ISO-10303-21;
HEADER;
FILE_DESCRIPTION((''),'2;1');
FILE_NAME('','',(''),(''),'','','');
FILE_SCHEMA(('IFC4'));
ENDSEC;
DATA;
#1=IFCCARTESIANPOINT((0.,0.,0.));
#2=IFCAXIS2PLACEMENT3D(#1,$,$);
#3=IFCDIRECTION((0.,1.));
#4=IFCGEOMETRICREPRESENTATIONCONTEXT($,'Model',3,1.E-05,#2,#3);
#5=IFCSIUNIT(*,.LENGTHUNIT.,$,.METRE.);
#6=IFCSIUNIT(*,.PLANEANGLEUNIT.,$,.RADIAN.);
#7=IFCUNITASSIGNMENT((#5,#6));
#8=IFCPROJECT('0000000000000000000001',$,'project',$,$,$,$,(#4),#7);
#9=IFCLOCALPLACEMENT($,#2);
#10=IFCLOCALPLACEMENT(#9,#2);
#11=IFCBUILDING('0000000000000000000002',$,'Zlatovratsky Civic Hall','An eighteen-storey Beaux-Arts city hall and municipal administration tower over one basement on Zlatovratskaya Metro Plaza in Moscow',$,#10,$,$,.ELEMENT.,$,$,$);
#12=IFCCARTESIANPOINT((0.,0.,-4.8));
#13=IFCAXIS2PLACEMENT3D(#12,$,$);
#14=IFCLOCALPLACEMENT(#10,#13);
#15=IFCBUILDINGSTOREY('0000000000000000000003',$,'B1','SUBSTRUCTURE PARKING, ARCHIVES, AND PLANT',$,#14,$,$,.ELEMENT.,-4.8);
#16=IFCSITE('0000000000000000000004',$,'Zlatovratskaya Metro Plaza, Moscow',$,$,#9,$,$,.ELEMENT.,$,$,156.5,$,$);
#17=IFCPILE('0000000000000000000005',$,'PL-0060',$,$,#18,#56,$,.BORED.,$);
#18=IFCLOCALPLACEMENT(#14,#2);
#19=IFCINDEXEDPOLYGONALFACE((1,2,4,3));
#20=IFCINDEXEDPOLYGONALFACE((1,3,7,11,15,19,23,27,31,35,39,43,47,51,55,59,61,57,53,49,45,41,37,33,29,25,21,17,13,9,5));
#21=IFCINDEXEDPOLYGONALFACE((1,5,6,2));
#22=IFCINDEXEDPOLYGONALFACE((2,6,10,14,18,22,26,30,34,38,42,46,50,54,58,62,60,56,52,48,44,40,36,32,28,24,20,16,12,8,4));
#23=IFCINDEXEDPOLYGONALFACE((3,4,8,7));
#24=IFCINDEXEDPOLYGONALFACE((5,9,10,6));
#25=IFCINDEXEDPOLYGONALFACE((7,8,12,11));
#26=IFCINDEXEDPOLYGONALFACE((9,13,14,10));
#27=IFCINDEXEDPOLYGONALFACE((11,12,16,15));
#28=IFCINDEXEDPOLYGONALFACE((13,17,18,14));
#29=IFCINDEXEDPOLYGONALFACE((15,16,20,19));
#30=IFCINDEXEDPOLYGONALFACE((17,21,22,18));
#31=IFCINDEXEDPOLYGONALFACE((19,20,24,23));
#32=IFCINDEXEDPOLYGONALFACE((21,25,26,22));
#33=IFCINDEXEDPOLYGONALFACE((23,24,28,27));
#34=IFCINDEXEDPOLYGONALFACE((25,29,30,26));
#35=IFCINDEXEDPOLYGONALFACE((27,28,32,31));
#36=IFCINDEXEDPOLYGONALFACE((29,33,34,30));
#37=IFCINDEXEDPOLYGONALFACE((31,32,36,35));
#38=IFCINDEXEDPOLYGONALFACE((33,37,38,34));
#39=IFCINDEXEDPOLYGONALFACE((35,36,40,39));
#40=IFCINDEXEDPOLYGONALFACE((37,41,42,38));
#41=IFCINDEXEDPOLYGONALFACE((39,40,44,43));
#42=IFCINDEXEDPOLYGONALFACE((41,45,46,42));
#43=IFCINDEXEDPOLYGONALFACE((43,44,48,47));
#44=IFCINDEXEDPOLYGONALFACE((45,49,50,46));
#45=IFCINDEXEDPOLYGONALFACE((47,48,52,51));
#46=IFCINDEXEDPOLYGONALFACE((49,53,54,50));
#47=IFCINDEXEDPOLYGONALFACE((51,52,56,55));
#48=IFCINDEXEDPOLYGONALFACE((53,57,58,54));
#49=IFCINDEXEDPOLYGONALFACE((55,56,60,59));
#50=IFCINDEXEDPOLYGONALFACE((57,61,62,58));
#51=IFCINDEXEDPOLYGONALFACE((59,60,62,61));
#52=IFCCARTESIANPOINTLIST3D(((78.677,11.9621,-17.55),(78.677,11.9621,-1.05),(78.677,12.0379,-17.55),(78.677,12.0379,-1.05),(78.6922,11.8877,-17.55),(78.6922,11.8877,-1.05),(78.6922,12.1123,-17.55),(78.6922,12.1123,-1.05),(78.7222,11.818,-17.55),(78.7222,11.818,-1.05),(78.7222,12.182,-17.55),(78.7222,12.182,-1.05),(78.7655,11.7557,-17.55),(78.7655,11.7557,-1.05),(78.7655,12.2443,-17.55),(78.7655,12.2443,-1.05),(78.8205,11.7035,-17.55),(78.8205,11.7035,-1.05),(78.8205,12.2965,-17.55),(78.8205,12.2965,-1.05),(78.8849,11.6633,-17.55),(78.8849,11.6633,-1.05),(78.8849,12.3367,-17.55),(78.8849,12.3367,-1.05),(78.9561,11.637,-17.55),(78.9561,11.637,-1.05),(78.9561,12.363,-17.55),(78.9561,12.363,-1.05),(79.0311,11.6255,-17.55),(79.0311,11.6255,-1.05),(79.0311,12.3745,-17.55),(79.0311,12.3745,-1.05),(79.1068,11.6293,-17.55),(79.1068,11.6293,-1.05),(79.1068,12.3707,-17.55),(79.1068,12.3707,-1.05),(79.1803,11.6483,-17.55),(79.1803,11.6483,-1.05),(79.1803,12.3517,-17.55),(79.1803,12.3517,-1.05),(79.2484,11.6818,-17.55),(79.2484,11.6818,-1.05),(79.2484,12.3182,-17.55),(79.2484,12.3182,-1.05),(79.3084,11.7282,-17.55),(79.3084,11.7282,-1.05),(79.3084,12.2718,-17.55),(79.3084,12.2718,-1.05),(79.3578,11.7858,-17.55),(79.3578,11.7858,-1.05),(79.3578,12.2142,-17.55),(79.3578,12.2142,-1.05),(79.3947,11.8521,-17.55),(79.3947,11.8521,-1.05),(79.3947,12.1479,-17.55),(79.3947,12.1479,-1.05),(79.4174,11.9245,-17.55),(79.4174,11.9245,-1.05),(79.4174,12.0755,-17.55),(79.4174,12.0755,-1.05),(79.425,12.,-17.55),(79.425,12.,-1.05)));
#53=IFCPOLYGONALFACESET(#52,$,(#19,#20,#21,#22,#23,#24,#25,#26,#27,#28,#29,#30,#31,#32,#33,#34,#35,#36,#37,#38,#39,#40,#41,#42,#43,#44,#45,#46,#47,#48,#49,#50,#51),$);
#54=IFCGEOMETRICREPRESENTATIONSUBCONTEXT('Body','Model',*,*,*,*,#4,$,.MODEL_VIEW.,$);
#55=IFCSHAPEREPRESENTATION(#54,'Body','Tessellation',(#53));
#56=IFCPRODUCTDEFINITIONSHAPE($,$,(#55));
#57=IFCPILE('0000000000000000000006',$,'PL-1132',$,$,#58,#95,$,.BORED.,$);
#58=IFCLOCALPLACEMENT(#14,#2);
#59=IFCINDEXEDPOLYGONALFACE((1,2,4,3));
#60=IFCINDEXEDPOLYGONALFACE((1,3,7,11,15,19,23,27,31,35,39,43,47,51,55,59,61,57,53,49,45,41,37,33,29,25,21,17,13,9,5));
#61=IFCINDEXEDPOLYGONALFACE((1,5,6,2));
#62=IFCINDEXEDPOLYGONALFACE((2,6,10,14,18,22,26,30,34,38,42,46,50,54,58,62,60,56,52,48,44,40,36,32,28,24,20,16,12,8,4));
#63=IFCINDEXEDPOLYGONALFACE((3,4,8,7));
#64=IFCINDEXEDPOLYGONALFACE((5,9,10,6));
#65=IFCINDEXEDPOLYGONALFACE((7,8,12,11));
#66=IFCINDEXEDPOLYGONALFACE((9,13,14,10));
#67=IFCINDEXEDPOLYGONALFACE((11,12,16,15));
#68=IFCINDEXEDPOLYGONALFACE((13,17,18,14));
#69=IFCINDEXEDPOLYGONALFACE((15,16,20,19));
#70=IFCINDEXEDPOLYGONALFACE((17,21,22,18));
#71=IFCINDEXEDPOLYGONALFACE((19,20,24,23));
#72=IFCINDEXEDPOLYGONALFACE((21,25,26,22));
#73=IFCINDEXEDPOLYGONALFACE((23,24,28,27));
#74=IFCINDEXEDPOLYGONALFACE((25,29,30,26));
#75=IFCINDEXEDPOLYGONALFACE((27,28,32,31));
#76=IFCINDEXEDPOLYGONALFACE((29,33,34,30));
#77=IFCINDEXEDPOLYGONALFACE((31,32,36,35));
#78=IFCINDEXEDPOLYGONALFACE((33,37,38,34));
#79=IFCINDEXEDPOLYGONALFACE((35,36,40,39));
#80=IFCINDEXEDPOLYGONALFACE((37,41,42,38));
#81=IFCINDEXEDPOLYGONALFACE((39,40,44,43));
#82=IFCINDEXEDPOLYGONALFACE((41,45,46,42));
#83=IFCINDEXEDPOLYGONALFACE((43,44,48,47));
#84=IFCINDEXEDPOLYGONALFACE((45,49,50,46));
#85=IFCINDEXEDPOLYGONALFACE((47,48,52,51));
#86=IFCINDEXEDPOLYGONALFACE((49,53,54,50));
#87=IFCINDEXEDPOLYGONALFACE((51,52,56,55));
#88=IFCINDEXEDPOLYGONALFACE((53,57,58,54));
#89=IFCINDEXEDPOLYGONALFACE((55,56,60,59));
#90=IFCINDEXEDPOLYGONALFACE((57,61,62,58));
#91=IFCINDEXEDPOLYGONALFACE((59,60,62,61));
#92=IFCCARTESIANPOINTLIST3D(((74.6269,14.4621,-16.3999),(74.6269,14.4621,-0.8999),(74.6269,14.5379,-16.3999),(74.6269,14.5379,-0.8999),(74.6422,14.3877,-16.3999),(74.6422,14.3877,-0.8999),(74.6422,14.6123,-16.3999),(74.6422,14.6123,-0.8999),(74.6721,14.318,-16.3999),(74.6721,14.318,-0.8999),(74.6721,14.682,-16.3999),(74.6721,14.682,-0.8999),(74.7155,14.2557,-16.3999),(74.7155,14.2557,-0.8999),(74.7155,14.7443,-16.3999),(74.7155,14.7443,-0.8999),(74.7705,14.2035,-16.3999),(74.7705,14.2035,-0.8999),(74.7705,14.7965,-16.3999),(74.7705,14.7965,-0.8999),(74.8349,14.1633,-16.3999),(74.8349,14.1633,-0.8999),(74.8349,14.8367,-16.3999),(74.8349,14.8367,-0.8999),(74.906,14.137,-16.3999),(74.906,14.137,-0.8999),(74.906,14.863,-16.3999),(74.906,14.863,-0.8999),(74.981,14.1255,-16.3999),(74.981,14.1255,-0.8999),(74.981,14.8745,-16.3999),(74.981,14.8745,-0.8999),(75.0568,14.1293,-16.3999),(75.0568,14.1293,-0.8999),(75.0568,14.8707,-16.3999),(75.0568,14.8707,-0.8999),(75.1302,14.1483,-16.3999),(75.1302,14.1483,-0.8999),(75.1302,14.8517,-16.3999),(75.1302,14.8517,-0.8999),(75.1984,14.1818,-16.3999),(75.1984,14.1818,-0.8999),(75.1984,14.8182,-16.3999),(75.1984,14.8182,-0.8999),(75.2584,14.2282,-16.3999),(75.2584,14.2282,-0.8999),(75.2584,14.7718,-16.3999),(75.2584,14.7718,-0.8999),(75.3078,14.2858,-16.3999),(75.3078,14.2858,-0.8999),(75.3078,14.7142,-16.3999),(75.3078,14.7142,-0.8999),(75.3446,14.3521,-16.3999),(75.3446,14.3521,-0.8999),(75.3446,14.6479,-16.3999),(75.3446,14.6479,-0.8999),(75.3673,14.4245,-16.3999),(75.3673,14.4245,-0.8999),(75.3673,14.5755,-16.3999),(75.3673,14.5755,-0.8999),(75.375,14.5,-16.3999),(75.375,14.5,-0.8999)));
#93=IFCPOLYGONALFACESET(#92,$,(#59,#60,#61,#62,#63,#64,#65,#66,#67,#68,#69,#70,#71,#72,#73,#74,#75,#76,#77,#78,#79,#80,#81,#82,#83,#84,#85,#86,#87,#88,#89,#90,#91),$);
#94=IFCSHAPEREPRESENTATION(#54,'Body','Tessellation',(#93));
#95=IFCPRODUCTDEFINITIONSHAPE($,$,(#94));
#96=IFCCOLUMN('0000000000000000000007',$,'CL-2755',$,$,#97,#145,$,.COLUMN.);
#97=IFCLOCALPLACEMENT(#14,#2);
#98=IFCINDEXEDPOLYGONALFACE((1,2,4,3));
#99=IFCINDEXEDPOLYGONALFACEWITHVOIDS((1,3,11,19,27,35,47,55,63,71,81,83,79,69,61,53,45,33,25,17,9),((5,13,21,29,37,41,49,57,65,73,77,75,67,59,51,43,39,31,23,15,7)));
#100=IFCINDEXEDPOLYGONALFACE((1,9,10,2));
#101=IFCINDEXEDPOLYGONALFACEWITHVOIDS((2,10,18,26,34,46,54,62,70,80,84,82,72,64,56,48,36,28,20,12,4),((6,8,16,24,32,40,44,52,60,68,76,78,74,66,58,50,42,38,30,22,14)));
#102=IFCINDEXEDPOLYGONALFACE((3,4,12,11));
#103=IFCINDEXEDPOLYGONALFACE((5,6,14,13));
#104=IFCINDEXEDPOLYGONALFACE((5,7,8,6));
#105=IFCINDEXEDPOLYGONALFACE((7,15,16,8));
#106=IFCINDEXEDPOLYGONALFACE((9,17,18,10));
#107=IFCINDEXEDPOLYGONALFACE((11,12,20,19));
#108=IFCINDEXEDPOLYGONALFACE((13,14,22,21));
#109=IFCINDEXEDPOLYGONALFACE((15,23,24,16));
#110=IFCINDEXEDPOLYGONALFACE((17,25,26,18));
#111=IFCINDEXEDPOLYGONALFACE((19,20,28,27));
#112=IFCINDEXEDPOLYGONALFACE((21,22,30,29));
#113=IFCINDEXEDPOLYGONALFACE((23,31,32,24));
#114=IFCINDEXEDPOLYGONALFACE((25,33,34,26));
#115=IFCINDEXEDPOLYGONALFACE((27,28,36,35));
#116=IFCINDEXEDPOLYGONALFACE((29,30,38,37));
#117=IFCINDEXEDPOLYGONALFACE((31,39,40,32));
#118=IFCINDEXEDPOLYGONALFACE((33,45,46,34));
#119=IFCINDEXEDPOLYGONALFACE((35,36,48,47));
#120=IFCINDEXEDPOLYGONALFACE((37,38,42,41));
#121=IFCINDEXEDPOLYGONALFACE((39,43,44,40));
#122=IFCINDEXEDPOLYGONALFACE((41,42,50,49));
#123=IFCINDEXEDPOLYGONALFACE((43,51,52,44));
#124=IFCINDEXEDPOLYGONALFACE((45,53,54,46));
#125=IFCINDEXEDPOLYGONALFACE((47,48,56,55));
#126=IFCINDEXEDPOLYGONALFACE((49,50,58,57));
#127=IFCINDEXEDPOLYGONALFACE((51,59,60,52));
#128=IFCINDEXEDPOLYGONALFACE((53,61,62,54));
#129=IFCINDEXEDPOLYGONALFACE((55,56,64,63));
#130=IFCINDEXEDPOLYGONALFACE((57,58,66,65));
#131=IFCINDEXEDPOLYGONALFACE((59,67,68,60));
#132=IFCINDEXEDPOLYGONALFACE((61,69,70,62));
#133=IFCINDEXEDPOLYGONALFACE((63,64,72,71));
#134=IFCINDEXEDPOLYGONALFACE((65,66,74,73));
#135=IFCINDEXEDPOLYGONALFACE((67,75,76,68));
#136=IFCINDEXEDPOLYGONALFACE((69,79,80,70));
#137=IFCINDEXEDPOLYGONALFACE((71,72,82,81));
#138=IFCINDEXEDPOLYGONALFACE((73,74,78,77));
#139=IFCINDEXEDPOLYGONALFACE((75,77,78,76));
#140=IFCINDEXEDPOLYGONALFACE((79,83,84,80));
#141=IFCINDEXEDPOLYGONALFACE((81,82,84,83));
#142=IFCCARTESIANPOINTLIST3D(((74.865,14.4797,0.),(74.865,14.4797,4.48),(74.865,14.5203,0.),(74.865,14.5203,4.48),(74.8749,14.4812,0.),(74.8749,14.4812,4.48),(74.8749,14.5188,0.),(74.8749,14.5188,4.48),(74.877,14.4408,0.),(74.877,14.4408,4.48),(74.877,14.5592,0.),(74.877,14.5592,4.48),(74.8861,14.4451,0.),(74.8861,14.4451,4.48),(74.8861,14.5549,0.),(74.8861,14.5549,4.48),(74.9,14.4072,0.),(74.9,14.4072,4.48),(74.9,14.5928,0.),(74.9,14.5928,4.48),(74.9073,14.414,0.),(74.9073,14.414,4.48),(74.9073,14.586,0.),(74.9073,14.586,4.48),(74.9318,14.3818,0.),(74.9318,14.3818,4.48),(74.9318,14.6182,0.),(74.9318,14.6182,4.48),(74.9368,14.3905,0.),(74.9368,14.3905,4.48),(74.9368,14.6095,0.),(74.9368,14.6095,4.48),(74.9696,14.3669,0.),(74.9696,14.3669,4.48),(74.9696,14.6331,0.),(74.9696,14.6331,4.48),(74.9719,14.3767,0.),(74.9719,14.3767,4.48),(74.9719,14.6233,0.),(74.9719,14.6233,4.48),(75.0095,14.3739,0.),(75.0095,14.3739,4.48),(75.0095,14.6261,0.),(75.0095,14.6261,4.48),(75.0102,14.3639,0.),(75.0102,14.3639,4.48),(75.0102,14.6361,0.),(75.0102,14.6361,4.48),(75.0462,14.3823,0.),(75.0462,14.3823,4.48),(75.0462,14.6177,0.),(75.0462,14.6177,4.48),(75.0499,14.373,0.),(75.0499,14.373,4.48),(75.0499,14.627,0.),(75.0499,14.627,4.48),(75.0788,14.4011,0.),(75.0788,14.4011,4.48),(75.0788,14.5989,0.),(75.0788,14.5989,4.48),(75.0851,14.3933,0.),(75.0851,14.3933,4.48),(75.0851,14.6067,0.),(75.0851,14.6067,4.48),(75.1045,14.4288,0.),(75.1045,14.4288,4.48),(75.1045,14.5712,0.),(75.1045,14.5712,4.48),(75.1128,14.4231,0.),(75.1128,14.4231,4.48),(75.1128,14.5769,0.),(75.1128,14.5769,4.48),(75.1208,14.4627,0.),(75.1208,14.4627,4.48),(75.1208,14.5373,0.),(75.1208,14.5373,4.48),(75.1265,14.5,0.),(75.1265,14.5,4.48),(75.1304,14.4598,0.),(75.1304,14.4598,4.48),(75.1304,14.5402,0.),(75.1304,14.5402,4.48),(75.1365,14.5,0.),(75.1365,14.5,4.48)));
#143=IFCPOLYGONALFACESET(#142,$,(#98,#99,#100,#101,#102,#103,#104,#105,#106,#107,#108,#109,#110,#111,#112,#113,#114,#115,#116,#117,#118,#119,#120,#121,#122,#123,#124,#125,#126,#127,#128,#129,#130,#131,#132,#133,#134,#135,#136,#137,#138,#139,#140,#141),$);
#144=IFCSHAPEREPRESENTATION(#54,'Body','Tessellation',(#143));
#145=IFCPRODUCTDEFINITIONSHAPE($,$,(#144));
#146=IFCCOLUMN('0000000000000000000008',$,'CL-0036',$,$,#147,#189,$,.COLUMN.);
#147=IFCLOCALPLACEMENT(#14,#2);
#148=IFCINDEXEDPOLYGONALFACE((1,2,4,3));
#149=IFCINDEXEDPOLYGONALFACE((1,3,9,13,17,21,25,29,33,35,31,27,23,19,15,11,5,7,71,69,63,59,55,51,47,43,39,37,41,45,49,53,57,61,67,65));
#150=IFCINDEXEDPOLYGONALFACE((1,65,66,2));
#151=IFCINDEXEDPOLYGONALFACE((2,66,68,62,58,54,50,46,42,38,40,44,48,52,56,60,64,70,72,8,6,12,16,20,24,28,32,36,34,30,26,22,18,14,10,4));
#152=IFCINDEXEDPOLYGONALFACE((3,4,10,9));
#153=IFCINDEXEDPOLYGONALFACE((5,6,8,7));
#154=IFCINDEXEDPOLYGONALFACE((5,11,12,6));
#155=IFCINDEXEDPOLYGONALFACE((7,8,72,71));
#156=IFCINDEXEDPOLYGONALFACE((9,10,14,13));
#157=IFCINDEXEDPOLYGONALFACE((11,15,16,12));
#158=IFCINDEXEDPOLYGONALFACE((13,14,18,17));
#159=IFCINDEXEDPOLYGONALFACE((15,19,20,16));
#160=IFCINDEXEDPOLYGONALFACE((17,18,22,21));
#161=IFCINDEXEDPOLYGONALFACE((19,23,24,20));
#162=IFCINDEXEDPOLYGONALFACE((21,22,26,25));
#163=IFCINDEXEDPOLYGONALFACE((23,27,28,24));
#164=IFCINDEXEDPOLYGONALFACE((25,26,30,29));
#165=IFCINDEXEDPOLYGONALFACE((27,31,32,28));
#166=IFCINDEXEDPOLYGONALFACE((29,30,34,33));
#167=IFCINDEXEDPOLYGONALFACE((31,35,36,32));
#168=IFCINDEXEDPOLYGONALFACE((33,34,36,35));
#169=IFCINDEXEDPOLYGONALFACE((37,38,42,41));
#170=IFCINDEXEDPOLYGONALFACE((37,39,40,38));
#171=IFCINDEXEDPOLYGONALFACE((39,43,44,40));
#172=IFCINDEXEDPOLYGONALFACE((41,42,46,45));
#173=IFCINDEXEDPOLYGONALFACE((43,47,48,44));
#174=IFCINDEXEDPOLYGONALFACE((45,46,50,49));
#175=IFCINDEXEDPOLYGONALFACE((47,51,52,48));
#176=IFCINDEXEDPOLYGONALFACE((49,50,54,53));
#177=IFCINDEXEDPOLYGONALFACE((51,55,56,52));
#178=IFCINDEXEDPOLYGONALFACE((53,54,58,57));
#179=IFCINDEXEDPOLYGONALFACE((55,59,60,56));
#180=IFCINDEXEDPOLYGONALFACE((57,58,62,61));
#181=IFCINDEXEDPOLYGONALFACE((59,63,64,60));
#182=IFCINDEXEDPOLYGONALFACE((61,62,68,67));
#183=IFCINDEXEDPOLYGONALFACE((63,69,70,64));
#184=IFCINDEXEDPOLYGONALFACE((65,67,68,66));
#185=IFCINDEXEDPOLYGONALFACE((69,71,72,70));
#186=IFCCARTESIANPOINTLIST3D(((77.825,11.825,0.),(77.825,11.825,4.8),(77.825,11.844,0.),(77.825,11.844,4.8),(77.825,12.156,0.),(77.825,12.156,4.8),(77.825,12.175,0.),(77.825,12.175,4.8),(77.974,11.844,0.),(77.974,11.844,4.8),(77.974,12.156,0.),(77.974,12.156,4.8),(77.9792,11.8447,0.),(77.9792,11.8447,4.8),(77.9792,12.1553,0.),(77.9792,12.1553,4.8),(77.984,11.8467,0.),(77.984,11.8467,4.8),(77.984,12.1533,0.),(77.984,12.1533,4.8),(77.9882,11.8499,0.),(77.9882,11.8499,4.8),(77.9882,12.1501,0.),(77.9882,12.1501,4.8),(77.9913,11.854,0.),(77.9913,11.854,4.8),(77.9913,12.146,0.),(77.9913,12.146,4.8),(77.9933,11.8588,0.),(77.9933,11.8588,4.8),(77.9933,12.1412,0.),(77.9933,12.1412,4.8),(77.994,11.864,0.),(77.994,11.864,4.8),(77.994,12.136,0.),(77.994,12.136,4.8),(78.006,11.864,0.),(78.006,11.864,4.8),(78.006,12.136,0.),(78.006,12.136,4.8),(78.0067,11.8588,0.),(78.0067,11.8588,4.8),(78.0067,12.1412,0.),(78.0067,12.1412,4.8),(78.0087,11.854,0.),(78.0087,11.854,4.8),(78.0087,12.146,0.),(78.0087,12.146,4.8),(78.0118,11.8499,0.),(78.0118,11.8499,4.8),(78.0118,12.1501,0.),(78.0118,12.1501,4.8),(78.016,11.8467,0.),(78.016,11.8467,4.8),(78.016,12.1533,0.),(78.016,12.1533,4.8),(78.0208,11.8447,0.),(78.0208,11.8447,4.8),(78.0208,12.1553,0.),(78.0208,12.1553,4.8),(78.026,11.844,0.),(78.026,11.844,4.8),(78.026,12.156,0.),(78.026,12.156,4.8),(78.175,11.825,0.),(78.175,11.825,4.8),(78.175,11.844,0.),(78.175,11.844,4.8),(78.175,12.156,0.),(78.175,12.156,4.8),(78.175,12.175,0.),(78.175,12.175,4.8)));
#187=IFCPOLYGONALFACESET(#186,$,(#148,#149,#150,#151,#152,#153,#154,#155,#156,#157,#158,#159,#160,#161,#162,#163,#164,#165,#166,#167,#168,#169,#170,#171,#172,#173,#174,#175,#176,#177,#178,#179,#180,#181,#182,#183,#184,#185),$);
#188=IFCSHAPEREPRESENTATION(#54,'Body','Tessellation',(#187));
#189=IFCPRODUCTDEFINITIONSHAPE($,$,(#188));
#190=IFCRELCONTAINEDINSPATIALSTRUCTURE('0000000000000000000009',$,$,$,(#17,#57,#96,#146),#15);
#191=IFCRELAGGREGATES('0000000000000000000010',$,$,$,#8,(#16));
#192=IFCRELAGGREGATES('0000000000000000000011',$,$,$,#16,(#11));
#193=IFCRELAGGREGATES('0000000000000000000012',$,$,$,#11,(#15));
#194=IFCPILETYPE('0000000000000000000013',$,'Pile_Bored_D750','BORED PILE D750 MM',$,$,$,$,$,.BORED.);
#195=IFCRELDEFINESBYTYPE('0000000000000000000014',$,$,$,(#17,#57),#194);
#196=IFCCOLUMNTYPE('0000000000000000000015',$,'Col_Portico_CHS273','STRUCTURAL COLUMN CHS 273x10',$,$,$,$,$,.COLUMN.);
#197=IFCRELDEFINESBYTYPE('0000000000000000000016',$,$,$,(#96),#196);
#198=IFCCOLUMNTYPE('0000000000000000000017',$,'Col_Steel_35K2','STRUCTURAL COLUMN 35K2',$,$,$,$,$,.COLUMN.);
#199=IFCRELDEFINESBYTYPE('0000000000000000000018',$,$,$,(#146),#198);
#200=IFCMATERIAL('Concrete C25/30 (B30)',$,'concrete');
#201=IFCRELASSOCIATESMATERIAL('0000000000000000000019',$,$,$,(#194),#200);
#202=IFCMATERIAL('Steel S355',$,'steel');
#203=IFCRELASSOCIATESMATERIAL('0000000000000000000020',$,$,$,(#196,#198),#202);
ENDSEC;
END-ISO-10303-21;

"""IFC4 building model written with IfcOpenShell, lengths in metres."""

from ifc_helpers import new_model, si_unit, direction, frame, origin, origin_2d, place, context, subcontext, project, spatial, circle, hollow_circle, i_section, extrude, material, material_profile, profile_set, type_object, element, save


model = new_model("IFC4")

# Units and contexts
model_context = context("Model", 3, precision=1e-05, world=origin(), true_north=direction((0.0, 1.0)))
body_context = subcontext(model_context, "Body", "Model", "MODEL_VIEW")
ifc_project = project(units=[si_unit("LENGTHUNIT", "METRE"), si_unit("PLANEANGLEUNIT", "RADIAN")], contexts=[model_context])

# Site, building, storey
site_placement = place(None, origin())
site = spatial("IfcSite", under=ifc_project, at=site_placement, Name="Zlatovratskaya Metro Plaza, Moscow", CompositionType="ELEMENT", RefElevation=156.5)
building_placement = place(site_placement, origin())
building = spatial("IfcBuilding", under=site, at=building_placement, Name="Zlatovratsky Civic Hall", Description="An eighteen-storey Beaux-Arts city hall and municipal administration tower over one basement on Zlatovratskaya Metro Plaza in Moscow", CompositionType="ELEMENT")
storey_placement = place(building_placement, frame((0.0, 0.0, -4.8)))
storey = spatial("IfcBuildingStorey", under=building, at=storey_placement, Name="B1", Description="SUBSTRUCTURE PARKING, ARCHIVES, AND PLANT", CompositionType="ELEMENT", Elevation=-4.8)

# Shared definitions
ifc_material_1 = material(Name="Concrete C25/30 (B30)", Category="concrete")

# Piles
ifc_material_profile_1 = material_profile(ifc_material_1, circle(Radius=0.375, at=origin_2d()), Name="PILE D750")
ifc_profile_set_1 = profile_set([ifc_material_profile_1], Name="Concrete C25/30 (B30)")
pile_type_1 = type_object("IfcPileType", Name="Pile_Bored_D750", Description="BORED PILE D750 MM", PredefinedType="BORED", material=ifc_profile_set_1)
for number, where, z_axis, x_axis, name in (
    (1, (79.05, 12.0, -1.05), (0.0, 0.0, -1.0), (1.0, 0.0, 0.0), "PL-0060"),
):
    element("IfcPile", number, at=place(storey_placement, frame(where, z_axis=z_axis, x_axis=x_axis)), inside=storey, type_object=pile_type_1, Name=name, PredefinedType="BORED", context=body_context, shape_type="SweptSolid", body=[
        extrude(circle(Radius=0.375, at=origin_2d()), origin(), (0.0, 0.0, 1.0), 16.5),
    ])
pile_placement = place(storey_placement, frame((75.0, 14.5, -0.8999), z_axis=(0.0, 0.0, -1.0), x_axis=(1.0, 0.0, 0.0)))
element("IfcPile", 2, at=pile_placement, inside=storey, type_object=pile_type_1, Name="PL-1132", PredefinedType="BORED", context=body_context, shape_type="SweptSolid", body=[
    extrude(circle(Radius=0.375, at=origin_2d()), origin(), (0.0, 0.0, 1.0), 15.5),
])

# Columns
ifc_material_2 = material(Name="Steel S355", Category="steel")
ifc_material_profile_2 = material_profile(ifc_material_2, hollow_circle(Radius=0.1365, WallThickness=0.01, at=origin_2d()), Name="CHS 273x10")
ifc_profile_set_2 = profile_set([ifc_material_profile_2], Name="Steel S355")
column_type_1 = type_object("IfcColumnType", Name="Col_Portico_CHS273", Description="STRUCTURAL COLUMN CHS 273x10", PredefinedType="COLUMN", material=ifc_profile_set_2)
column_placement = place(storey_placement, frame((75.0, 14.5, 0.0), z_axis=(0.0, 0.0, 1.0), x_axis=(1.0, 0.0, 0.0)))
element("IfcColumn", 3, at=column_placement, inside=storey, type_object=column_type_1, Name="CL-2755", PredefinedType="COLUMN", context=body_context, shape_type="SweptSolid", body=[
    extrude(hollow_circle(Radius=0.1365, WallThickness=0.01, at=origin_2d()), origin(), (0.0, 0.0, 1.0), 4.48),
])
ifc_material_profile_3 = material_profile(ifc_material_2, i_section(OverallWidth=0.3501, OverallDepth=0.3501, WebThickness=0.012, FlangeThickness=0.019, FilletRadius=0.02, at=origin_2d()), Name="35K2")
ifc_profile_set_3 = profile_set([ifc_material_profile_3], Name="Steel S355")
column_type_2 = type_object("IfcColumnType", Name="Col_Steel_35K2", Description="STRUCTURAL COLUMN 35K2", PredefinedType="COLUMN", material=ifc_profile_set_3)
for number, where, z_axis, x_axis, name in (
    (4, (78.0, 12.0, 0.0), (0.0, 0.0, 1.0), (1.0, 0.0, 0.0), "CL-0036"),
):
    element("IfcColumn", number, at=place(storey_placement, frame(where, z_axis=z_axis, x_axis=x_axis)), inside=storey, type_object=column_type_2, Name=name, PredefinedType="COLUMN", context=body_context, shape_type="SweptSolid", body=[
        extrude(i_section(OverallWidth=0.3501, OverallDepth=0.3501, WebThickness=0.012, FlangeThickness=0.019, FilletRadius=0.02, at=origin_2d()), origin(), (0.0, 0.0, 1.0), 4.8),
    ])

save(model, "model.ifc")
